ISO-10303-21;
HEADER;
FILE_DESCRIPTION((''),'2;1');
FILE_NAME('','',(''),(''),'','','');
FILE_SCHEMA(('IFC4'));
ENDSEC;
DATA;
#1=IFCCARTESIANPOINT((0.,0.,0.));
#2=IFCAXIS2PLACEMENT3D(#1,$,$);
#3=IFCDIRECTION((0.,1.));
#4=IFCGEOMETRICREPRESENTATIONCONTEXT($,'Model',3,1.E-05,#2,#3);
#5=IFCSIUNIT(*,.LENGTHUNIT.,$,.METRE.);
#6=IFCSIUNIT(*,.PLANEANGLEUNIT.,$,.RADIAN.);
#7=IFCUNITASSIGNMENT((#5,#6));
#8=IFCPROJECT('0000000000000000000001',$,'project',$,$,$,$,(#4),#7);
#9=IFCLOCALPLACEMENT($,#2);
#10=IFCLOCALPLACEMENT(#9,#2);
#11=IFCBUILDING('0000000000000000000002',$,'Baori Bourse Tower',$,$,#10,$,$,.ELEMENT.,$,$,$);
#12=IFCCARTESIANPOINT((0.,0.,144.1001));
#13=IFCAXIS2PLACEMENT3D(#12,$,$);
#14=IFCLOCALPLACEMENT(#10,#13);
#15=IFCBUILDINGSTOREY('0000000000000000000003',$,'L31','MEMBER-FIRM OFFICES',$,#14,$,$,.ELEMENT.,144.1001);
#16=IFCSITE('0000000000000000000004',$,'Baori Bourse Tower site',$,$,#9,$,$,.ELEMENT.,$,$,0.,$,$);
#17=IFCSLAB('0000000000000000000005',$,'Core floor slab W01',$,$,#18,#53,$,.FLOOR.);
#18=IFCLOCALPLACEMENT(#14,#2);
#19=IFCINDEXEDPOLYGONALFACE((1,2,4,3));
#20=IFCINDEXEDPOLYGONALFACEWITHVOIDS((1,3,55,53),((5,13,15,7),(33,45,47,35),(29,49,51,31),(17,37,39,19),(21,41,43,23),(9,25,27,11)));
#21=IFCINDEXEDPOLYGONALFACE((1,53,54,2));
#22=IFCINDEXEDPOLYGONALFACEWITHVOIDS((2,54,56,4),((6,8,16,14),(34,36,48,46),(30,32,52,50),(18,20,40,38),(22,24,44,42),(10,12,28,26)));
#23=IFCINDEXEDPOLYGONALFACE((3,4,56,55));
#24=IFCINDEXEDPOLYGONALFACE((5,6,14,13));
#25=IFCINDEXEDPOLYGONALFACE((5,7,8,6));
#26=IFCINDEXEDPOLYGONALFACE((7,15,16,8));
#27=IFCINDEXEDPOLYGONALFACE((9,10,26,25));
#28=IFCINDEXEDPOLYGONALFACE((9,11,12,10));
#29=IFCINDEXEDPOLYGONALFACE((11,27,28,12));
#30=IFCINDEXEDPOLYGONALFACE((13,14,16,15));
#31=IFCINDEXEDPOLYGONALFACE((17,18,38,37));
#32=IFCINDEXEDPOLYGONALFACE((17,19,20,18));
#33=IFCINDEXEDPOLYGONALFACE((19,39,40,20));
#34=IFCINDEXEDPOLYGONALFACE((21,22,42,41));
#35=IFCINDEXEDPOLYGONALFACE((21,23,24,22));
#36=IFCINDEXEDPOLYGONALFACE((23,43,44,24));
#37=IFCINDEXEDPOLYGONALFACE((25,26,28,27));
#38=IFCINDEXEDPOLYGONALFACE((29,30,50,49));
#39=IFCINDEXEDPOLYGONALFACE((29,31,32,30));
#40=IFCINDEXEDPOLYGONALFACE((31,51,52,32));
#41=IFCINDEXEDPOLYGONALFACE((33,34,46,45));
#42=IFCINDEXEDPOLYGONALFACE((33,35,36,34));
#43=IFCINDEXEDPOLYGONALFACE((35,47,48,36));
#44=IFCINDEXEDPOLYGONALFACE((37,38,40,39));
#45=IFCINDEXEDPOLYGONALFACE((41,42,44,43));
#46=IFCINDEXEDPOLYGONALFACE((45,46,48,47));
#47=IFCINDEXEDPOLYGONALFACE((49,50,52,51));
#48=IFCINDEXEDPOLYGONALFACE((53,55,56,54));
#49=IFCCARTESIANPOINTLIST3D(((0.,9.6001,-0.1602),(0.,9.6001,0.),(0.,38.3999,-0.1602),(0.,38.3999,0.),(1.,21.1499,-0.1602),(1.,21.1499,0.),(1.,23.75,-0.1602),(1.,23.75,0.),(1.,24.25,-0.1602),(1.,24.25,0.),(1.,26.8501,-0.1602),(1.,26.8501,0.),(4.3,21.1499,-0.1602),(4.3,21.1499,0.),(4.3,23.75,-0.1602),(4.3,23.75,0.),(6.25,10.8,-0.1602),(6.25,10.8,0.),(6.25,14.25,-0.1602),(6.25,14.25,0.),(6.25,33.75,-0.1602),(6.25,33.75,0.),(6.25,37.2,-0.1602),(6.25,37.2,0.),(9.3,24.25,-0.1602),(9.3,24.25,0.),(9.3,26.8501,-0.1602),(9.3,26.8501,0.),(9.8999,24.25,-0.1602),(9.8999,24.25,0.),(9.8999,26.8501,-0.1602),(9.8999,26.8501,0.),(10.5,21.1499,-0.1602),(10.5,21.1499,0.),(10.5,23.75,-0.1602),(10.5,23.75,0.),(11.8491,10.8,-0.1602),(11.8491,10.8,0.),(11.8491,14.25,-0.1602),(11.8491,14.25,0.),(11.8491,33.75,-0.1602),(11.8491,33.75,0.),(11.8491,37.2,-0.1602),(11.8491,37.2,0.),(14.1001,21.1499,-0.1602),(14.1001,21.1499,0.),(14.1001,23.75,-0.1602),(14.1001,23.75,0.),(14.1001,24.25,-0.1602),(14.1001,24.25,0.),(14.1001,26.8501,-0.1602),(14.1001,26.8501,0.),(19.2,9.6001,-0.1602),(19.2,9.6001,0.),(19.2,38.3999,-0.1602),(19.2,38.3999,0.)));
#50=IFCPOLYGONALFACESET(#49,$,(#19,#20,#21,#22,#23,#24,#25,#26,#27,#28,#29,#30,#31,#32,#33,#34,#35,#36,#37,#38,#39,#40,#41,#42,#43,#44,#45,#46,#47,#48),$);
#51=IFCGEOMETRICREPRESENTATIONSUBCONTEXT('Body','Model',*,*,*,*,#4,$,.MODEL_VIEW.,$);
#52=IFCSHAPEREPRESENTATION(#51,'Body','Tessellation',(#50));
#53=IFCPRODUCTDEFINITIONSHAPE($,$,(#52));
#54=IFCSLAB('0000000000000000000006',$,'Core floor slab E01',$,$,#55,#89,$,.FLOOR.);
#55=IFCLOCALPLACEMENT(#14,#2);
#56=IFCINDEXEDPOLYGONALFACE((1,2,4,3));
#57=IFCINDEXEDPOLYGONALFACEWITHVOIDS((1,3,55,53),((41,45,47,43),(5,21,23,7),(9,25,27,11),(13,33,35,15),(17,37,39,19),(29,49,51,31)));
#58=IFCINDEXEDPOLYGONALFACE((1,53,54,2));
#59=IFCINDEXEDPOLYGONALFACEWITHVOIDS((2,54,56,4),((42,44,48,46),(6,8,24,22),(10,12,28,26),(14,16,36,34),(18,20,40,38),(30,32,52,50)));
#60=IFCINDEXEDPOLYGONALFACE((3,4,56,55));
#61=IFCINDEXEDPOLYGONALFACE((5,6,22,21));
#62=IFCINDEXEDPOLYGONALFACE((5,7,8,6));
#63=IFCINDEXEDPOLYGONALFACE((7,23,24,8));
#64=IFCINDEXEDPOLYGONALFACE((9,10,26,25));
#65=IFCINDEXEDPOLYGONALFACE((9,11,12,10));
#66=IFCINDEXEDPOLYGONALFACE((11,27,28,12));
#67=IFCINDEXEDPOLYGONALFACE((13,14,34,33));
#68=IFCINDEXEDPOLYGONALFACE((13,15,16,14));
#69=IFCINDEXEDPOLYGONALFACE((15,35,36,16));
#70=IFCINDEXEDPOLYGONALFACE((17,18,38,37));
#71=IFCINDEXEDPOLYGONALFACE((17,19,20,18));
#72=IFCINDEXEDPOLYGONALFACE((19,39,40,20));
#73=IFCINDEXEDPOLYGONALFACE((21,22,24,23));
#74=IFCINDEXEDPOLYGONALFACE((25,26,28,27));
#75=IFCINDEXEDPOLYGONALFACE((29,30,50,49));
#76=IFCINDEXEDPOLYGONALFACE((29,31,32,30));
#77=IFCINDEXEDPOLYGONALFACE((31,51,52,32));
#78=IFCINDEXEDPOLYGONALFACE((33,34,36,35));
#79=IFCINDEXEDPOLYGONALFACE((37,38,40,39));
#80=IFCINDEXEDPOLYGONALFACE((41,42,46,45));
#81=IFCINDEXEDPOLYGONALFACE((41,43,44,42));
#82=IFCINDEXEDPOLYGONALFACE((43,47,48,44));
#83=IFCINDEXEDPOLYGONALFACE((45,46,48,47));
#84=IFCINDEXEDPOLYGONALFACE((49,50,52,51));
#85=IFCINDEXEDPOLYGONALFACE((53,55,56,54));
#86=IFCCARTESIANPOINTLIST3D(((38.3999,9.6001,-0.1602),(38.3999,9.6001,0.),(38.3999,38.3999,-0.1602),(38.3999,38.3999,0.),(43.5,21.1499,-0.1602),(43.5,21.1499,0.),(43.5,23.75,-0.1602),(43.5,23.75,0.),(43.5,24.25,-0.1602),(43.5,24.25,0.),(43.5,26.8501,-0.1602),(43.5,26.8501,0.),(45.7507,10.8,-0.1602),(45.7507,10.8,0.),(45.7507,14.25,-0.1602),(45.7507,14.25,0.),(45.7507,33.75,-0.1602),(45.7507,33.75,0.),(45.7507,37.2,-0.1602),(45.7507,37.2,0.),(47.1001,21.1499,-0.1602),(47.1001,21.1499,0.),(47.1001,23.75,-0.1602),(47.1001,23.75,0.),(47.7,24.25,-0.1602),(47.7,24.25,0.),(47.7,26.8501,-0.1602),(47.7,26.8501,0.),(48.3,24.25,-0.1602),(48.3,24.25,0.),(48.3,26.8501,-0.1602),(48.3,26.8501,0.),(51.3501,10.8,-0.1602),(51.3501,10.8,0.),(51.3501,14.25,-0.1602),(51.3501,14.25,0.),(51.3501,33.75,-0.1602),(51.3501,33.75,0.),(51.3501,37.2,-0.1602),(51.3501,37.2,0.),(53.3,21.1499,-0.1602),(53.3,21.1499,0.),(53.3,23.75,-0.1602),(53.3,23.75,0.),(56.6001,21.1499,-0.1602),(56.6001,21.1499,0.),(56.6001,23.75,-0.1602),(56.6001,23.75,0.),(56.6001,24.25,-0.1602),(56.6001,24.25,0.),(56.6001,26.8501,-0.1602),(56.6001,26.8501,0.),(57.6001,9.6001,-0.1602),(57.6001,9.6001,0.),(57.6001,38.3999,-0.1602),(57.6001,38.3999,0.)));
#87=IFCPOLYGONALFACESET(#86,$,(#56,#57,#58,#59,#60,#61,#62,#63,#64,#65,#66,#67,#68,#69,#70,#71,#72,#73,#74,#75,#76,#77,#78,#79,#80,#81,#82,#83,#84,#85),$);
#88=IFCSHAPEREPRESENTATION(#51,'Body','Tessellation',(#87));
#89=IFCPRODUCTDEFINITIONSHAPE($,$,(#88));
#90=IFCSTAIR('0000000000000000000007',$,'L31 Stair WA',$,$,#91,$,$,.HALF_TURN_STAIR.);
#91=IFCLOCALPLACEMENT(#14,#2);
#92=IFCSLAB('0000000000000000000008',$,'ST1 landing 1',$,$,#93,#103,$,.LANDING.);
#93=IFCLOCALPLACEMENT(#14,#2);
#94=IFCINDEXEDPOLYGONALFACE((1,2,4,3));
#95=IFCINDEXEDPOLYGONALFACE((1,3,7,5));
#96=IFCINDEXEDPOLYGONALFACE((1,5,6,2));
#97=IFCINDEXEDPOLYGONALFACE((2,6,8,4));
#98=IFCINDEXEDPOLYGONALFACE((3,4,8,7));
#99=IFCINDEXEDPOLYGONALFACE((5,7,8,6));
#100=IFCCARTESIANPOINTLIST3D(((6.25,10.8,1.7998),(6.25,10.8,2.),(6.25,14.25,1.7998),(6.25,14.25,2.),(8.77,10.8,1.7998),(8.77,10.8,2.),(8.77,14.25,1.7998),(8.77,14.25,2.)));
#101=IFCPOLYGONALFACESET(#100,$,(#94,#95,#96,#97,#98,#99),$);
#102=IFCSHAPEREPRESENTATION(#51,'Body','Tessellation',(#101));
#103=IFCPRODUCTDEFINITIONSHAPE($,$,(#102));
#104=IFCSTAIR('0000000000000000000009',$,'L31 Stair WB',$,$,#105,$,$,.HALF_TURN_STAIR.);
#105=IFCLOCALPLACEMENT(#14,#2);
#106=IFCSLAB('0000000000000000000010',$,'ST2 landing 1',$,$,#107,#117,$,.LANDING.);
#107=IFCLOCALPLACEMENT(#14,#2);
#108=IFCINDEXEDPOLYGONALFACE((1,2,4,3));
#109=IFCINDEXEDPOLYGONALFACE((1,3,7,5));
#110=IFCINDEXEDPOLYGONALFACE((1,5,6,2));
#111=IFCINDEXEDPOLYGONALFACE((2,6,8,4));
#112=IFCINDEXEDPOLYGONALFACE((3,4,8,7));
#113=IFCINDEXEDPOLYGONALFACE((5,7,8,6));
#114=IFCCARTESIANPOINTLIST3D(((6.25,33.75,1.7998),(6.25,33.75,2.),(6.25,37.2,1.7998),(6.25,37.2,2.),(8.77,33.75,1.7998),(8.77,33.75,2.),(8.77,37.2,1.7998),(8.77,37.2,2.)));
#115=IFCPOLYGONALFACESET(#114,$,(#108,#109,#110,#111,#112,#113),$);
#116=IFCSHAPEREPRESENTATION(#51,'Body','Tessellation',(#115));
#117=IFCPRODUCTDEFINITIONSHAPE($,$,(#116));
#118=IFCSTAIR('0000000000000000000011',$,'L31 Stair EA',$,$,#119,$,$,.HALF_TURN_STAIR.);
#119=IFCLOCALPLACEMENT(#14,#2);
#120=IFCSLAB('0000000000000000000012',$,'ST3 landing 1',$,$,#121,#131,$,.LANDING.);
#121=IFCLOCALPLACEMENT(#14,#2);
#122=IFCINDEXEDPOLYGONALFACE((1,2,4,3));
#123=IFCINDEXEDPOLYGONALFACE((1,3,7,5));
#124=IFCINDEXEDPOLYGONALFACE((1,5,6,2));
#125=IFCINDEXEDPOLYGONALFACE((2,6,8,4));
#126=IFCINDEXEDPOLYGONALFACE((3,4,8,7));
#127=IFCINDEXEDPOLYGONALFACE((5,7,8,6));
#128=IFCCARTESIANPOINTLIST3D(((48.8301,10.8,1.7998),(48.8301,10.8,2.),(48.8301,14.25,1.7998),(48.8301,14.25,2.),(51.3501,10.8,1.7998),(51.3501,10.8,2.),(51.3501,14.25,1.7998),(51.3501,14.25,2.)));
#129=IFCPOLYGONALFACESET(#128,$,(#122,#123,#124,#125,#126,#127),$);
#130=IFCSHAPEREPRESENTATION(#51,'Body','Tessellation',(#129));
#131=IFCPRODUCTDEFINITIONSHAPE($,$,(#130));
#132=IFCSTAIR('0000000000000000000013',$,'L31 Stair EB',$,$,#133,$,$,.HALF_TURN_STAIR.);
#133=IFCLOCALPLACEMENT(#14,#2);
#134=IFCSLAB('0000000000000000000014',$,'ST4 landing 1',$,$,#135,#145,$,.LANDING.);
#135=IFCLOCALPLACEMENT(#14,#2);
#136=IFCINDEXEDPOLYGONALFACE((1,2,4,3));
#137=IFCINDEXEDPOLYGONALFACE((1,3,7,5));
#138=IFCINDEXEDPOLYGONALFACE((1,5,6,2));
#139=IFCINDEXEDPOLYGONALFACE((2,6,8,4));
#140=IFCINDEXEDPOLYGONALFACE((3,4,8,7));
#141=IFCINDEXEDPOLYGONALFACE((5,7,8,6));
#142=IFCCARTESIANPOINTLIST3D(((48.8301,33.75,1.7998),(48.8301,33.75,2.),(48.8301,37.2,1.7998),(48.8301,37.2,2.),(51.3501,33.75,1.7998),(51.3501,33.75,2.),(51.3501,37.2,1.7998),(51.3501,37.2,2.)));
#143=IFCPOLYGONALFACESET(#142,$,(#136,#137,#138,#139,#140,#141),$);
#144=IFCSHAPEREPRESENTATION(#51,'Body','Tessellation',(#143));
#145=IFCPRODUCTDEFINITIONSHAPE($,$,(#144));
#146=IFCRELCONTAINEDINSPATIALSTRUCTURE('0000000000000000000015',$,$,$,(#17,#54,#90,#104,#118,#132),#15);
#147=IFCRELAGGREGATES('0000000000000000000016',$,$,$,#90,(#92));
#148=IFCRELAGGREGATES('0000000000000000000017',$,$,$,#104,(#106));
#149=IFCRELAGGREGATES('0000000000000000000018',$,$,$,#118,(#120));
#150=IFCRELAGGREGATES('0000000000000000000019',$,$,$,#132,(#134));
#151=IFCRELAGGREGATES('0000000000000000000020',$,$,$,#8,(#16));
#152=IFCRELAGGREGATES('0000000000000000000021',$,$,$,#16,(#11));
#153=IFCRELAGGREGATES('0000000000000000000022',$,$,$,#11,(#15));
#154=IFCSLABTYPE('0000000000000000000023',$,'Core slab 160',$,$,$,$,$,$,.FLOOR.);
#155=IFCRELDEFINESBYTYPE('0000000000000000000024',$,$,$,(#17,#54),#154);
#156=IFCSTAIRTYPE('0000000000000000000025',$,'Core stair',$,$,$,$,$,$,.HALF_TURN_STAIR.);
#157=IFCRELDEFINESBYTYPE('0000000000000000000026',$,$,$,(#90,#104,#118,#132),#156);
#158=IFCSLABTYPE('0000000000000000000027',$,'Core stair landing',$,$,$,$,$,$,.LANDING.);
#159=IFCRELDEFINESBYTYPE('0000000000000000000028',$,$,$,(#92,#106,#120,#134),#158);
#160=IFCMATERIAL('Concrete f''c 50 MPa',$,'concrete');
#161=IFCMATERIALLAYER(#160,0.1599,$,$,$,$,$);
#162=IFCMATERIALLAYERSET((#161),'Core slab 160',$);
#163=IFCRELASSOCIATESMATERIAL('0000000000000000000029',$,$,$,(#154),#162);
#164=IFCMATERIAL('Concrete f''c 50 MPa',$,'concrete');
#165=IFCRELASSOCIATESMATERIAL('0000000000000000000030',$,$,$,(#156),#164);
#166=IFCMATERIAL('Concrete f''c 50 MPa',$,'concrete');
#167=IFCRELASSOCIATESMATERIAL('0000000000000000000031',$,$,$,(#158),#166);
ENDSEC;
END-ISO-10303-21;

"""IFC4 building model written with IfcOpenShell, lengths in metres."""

from ifc_helpers import new_model, si_unit, direction, frame, origin, place, context, subcontext, project, spatial, polyline, outline, extrude, material, layer, layer_set, type_object, element, aggregate, save


model = new_model("IFC4")

# Units and contexts
model_context = context("Model", 3, precision=1e-05, world=origin(), true_north=direction((0.0, 1.0)))
body_context = subcontext(model_context, "Body", "Model", "MODEL_VIEW")
ifc_project = project(units=[si_unit("LENGTHUNIT", "METRE"), si_unit("PLANEANGLEUNIT", "RADIAN")], contexts=[model_context])

# Site, building, storey
site_placement = place(None, origin())
site = spatial("IfcSite", under=ifc_project, at=site_placement, Name="Baori Bourse Tower site", CompositionType="ELEMENT", RefElevation=0.0)
building_placement = place(site_placement, origin())
building = spatial("IfcBuilding", under=site, at=building_placement, Name="Baori Bourse Tower", CompositionType="ELEMENT")
storey_placement = place(building_placement, frame((0.0, 0.0, 144.1001)))
storey = spatial("IfcBuildingStorey", under=building, at=storey_placement, Name="L31", Description="MEMBER-FIRM OFFICES", CompositionType="ELEMENT", Elevation=144.1001)

# Slabs
ifc_material_1 = material(Name="Concrete f'c 50 MPa", Category="concrete")
ifc_layer_1 = layer(ifc_material_1, 0.1599)
ifc_layer_set_1 = layer_set([ifc_layer_1], Name="Core slab 160")
slab_type_1 = type_object("IfcSlabType", Name="Core slab 160", PredefinedType="FLOOR", material=ifc_layer_set_1)
slab_1_placement = place(storey_placement, frame((0.0, 0.0, -0.1602)))
element("IfcSlab", 1, at=slab_1_placement, inside=storey, type_object=slab_type_1, Name="Core floor slab W01", PredefinedType="FLOOR", context=body_context, shape_type="SweptSolid", body=[
    extrude(outline(polyline([(0.0, 38.3999), (0.0, 9.6001), (19.2, 9.6001), (19.2, 38.3999), (0.0, 38.3999)]), holes=[polyline([(10.5, 21.1499), (10.5, 23.75), (14.1001, 23.75), (14.1001, 21.1499), (10.5, 21.1499)]), polyline([(14.1001, 24.25), (9.8999, 24.25), (9.8999, 26.8501), (14.1001, 26.8501), (14.1001, 24.25)]), polyline([(6.25, 14.25), (11.8491, 14.25), (11.8491, 10.8), (6.25, 10.8), (6.25, 14.25)]), polyline([(11.8491, 37.2), (11.8491, 33.75), (6.25, 33.75), (6.25, 37.2), (11.8491, 37.2)]), polyline([(1.0, 26.8501), (9.3, 26.8501), (9.3, 24.25), (1.0, 24.25), (1.0, 26.8501)]), polyline([(4.3, 23.75), (4.3, 21.1499), (1.0, 21.1499), (1.0, 23.75), (4.3, 23.75)])]), origin(), (0.0, 0.0, 1.0), 0.1602),
])
slab_2_placement = place(storey_placement, frame((0.0, 0.0, -0.1602)))
element("IfcSlab", 2, at=slab_2_placement, inside=storey, type_object=slab_type_1, Name="Core floor slab E01", PredefinedType="FLOOR", context=body_context, shape_type="SweptSolid", body=[
    extrude(outline(polyline([(57.6001, 38.3999), (38.3999, 38.3999), (38.3999, 9.6001), (57.6001, 9.6001), (57.6001, 38.3999)]), holes=[polyline([(56.6001, 21.1499), (53.3, 21.1499), (53.3, 23.75), (56.6001, 23.75), (56.6001, 21.1499)]), polyline([(56.6001, 26.8501), (56.6001, 24.25), (48.3, 24.25), (48.3, 26.8501), (56.6001, 26.8501)]), polyline([(45.7507, 14.25), (51.3501, 14.25), (51.3501, 10.8), (45.7507, 10.8), (45.7507, 14.25)]), polyline([(51.3501, 37.2), (51.3501, 33.75), (45.7507, 33.75), (45.7507, 37.2), (51.3501, 37.2)]), polyline([(43.5, 24.25), (43.5, 26.8501), (47.7, 26.8501), (47.7, 24.25), (43.5, 24.25)]), polyline([(43.5, 23.75), (47.1001, 23.75), (47.1001, 21.1499), (43.5, 21.1499), (43.5, 23.75)])]), origin(), (0.0, 0.0, 1.0), 0.1602),
])

# Stairs, slabs
ifc_material_2 = material(Name="Concrete f'c 50 MPa", Category="concrete")
stair_type = type_object("IfcStairType", Name="Core stair", PredefinedType="HALF_TURN_STAIR", material=ifc_material_2)
stair_1_placement = place(storey_placement, origin())
stair_1 = element("IfcStair", 3, at=stair_1_placement, inside=storey, type_object=stair_type, Name="L31 Stair WA", PredefinedType="HALF_TURN_STAIR")
ifc_material_3 = material(Name="Concrete f'c 50 MPa", Category="concrete")
slab_type_2 = type_object("IfcSlabType", Name="Core stair landing", PredefinedType="LANDING", material=ifc_material_3)
slab_3_placement = place(storey_placement, frame((0.0, 0.0, 1.7998)))
slab_3 = element("IfcSlab", 4, at=slab_3_placement, type_object=slab_type_2, Name="ST1 landing 1", PredefinedType="LANDING", context=body_context, shape_type="SweptSolid", body=[
    extrude(outline(polyline([(8.77, 14.25), (6.25, 14.25), (6.25, 10.8), (8.77, 10.8), (8.77, 14.25)])), origin(), (0.0, 0.0, 1.0), 0.2002),
])
aggregate(stair_1, [slab_3])
stair_2_placement = place(storey_placement, origin())
stair_2 = element("IfcStair", 5, at=stair_2_placement, inside=storey, type_object=stair_type, Name="L31 Stair WB", PredefinedType="HALF_TURN_STAIR")
slab_4_placement = place(storey_placement, frame((0.0, 0.0, 1.7998)))
slab_4 = element("IfcSlab", 6, at=slab_4_placement, type_object=slab_type_2, Name="ST2 landing 1", PredefinedType="LANDING", context=body_context, shape_type="SweptSolid", body=[
    extrude(outline(polyline([(8.77, 37.2), (6.25, 37.2), (6.25, 33.75), (8.77, 33.75), (8.77, 37.2)])), origin(), (0.0, 0.0, 1.0), 0.2002),
])
aggregate(stair_2, [slab_4])
stair_3_placement = place(storey_placement, origin())
stair_3 = element("IfcStair", 7, at=stair_3_placement, inside=storey, type_object=stair_type, Name="L31 Stair EA", PredefinedType="HALF_TURN_STAIR")
slab_5_placement = place(storey_placement, frame((0.0, 0.0, 1.7998)))
slab_5 = element("IfcSlab", 8, at=slab_5_placement, type_object=slab_type_2, Name="ST3 landing 1", PredefinedType="LANDING", context=body_context, shape_type="SweptSolid", body=[
    extrude(outline(polyline([(48.8301, 10.8), (51.3501, 10.8), (51.3501, 14.25), (48.8301, 14.25), (48.8301, 10.8)])), origin(), (0.0, 0.0, 1.0), 0.2002),
])
aggregate(stair_3, [slab_5])
stair_4_placement = place(storey_placement, origin())
stair_4 = element("IfcStair", 9, at=stair_4_placement, inside=storey, type_object=stair_type, Name="L31 Stair EB", PredefinedType="HALF_TURN_STAIR")
slab_6_placement = place(storey_placement, frame((0.0, 0.0, 1.7998)))
slab_6 = element("IfcSlab", 10, at=slab_6_placement, type_object=slab_type_2, Name="ST4 landing 1", PredefinedType="LANDING", context=body_context, shape_type="SweptSolid", body=[
    extrude(outline(polyline([(48.8301, 33.75), (51.3501, 33.75), (51.3501, 37.2), (48.8301, 37.2), (48.8301, 33.75)])), origin(), (0.0, 0.0, 1.0), 0.2002),
])
aggregate(stair_4, [slab_6])

save(model, "model.ifc")
